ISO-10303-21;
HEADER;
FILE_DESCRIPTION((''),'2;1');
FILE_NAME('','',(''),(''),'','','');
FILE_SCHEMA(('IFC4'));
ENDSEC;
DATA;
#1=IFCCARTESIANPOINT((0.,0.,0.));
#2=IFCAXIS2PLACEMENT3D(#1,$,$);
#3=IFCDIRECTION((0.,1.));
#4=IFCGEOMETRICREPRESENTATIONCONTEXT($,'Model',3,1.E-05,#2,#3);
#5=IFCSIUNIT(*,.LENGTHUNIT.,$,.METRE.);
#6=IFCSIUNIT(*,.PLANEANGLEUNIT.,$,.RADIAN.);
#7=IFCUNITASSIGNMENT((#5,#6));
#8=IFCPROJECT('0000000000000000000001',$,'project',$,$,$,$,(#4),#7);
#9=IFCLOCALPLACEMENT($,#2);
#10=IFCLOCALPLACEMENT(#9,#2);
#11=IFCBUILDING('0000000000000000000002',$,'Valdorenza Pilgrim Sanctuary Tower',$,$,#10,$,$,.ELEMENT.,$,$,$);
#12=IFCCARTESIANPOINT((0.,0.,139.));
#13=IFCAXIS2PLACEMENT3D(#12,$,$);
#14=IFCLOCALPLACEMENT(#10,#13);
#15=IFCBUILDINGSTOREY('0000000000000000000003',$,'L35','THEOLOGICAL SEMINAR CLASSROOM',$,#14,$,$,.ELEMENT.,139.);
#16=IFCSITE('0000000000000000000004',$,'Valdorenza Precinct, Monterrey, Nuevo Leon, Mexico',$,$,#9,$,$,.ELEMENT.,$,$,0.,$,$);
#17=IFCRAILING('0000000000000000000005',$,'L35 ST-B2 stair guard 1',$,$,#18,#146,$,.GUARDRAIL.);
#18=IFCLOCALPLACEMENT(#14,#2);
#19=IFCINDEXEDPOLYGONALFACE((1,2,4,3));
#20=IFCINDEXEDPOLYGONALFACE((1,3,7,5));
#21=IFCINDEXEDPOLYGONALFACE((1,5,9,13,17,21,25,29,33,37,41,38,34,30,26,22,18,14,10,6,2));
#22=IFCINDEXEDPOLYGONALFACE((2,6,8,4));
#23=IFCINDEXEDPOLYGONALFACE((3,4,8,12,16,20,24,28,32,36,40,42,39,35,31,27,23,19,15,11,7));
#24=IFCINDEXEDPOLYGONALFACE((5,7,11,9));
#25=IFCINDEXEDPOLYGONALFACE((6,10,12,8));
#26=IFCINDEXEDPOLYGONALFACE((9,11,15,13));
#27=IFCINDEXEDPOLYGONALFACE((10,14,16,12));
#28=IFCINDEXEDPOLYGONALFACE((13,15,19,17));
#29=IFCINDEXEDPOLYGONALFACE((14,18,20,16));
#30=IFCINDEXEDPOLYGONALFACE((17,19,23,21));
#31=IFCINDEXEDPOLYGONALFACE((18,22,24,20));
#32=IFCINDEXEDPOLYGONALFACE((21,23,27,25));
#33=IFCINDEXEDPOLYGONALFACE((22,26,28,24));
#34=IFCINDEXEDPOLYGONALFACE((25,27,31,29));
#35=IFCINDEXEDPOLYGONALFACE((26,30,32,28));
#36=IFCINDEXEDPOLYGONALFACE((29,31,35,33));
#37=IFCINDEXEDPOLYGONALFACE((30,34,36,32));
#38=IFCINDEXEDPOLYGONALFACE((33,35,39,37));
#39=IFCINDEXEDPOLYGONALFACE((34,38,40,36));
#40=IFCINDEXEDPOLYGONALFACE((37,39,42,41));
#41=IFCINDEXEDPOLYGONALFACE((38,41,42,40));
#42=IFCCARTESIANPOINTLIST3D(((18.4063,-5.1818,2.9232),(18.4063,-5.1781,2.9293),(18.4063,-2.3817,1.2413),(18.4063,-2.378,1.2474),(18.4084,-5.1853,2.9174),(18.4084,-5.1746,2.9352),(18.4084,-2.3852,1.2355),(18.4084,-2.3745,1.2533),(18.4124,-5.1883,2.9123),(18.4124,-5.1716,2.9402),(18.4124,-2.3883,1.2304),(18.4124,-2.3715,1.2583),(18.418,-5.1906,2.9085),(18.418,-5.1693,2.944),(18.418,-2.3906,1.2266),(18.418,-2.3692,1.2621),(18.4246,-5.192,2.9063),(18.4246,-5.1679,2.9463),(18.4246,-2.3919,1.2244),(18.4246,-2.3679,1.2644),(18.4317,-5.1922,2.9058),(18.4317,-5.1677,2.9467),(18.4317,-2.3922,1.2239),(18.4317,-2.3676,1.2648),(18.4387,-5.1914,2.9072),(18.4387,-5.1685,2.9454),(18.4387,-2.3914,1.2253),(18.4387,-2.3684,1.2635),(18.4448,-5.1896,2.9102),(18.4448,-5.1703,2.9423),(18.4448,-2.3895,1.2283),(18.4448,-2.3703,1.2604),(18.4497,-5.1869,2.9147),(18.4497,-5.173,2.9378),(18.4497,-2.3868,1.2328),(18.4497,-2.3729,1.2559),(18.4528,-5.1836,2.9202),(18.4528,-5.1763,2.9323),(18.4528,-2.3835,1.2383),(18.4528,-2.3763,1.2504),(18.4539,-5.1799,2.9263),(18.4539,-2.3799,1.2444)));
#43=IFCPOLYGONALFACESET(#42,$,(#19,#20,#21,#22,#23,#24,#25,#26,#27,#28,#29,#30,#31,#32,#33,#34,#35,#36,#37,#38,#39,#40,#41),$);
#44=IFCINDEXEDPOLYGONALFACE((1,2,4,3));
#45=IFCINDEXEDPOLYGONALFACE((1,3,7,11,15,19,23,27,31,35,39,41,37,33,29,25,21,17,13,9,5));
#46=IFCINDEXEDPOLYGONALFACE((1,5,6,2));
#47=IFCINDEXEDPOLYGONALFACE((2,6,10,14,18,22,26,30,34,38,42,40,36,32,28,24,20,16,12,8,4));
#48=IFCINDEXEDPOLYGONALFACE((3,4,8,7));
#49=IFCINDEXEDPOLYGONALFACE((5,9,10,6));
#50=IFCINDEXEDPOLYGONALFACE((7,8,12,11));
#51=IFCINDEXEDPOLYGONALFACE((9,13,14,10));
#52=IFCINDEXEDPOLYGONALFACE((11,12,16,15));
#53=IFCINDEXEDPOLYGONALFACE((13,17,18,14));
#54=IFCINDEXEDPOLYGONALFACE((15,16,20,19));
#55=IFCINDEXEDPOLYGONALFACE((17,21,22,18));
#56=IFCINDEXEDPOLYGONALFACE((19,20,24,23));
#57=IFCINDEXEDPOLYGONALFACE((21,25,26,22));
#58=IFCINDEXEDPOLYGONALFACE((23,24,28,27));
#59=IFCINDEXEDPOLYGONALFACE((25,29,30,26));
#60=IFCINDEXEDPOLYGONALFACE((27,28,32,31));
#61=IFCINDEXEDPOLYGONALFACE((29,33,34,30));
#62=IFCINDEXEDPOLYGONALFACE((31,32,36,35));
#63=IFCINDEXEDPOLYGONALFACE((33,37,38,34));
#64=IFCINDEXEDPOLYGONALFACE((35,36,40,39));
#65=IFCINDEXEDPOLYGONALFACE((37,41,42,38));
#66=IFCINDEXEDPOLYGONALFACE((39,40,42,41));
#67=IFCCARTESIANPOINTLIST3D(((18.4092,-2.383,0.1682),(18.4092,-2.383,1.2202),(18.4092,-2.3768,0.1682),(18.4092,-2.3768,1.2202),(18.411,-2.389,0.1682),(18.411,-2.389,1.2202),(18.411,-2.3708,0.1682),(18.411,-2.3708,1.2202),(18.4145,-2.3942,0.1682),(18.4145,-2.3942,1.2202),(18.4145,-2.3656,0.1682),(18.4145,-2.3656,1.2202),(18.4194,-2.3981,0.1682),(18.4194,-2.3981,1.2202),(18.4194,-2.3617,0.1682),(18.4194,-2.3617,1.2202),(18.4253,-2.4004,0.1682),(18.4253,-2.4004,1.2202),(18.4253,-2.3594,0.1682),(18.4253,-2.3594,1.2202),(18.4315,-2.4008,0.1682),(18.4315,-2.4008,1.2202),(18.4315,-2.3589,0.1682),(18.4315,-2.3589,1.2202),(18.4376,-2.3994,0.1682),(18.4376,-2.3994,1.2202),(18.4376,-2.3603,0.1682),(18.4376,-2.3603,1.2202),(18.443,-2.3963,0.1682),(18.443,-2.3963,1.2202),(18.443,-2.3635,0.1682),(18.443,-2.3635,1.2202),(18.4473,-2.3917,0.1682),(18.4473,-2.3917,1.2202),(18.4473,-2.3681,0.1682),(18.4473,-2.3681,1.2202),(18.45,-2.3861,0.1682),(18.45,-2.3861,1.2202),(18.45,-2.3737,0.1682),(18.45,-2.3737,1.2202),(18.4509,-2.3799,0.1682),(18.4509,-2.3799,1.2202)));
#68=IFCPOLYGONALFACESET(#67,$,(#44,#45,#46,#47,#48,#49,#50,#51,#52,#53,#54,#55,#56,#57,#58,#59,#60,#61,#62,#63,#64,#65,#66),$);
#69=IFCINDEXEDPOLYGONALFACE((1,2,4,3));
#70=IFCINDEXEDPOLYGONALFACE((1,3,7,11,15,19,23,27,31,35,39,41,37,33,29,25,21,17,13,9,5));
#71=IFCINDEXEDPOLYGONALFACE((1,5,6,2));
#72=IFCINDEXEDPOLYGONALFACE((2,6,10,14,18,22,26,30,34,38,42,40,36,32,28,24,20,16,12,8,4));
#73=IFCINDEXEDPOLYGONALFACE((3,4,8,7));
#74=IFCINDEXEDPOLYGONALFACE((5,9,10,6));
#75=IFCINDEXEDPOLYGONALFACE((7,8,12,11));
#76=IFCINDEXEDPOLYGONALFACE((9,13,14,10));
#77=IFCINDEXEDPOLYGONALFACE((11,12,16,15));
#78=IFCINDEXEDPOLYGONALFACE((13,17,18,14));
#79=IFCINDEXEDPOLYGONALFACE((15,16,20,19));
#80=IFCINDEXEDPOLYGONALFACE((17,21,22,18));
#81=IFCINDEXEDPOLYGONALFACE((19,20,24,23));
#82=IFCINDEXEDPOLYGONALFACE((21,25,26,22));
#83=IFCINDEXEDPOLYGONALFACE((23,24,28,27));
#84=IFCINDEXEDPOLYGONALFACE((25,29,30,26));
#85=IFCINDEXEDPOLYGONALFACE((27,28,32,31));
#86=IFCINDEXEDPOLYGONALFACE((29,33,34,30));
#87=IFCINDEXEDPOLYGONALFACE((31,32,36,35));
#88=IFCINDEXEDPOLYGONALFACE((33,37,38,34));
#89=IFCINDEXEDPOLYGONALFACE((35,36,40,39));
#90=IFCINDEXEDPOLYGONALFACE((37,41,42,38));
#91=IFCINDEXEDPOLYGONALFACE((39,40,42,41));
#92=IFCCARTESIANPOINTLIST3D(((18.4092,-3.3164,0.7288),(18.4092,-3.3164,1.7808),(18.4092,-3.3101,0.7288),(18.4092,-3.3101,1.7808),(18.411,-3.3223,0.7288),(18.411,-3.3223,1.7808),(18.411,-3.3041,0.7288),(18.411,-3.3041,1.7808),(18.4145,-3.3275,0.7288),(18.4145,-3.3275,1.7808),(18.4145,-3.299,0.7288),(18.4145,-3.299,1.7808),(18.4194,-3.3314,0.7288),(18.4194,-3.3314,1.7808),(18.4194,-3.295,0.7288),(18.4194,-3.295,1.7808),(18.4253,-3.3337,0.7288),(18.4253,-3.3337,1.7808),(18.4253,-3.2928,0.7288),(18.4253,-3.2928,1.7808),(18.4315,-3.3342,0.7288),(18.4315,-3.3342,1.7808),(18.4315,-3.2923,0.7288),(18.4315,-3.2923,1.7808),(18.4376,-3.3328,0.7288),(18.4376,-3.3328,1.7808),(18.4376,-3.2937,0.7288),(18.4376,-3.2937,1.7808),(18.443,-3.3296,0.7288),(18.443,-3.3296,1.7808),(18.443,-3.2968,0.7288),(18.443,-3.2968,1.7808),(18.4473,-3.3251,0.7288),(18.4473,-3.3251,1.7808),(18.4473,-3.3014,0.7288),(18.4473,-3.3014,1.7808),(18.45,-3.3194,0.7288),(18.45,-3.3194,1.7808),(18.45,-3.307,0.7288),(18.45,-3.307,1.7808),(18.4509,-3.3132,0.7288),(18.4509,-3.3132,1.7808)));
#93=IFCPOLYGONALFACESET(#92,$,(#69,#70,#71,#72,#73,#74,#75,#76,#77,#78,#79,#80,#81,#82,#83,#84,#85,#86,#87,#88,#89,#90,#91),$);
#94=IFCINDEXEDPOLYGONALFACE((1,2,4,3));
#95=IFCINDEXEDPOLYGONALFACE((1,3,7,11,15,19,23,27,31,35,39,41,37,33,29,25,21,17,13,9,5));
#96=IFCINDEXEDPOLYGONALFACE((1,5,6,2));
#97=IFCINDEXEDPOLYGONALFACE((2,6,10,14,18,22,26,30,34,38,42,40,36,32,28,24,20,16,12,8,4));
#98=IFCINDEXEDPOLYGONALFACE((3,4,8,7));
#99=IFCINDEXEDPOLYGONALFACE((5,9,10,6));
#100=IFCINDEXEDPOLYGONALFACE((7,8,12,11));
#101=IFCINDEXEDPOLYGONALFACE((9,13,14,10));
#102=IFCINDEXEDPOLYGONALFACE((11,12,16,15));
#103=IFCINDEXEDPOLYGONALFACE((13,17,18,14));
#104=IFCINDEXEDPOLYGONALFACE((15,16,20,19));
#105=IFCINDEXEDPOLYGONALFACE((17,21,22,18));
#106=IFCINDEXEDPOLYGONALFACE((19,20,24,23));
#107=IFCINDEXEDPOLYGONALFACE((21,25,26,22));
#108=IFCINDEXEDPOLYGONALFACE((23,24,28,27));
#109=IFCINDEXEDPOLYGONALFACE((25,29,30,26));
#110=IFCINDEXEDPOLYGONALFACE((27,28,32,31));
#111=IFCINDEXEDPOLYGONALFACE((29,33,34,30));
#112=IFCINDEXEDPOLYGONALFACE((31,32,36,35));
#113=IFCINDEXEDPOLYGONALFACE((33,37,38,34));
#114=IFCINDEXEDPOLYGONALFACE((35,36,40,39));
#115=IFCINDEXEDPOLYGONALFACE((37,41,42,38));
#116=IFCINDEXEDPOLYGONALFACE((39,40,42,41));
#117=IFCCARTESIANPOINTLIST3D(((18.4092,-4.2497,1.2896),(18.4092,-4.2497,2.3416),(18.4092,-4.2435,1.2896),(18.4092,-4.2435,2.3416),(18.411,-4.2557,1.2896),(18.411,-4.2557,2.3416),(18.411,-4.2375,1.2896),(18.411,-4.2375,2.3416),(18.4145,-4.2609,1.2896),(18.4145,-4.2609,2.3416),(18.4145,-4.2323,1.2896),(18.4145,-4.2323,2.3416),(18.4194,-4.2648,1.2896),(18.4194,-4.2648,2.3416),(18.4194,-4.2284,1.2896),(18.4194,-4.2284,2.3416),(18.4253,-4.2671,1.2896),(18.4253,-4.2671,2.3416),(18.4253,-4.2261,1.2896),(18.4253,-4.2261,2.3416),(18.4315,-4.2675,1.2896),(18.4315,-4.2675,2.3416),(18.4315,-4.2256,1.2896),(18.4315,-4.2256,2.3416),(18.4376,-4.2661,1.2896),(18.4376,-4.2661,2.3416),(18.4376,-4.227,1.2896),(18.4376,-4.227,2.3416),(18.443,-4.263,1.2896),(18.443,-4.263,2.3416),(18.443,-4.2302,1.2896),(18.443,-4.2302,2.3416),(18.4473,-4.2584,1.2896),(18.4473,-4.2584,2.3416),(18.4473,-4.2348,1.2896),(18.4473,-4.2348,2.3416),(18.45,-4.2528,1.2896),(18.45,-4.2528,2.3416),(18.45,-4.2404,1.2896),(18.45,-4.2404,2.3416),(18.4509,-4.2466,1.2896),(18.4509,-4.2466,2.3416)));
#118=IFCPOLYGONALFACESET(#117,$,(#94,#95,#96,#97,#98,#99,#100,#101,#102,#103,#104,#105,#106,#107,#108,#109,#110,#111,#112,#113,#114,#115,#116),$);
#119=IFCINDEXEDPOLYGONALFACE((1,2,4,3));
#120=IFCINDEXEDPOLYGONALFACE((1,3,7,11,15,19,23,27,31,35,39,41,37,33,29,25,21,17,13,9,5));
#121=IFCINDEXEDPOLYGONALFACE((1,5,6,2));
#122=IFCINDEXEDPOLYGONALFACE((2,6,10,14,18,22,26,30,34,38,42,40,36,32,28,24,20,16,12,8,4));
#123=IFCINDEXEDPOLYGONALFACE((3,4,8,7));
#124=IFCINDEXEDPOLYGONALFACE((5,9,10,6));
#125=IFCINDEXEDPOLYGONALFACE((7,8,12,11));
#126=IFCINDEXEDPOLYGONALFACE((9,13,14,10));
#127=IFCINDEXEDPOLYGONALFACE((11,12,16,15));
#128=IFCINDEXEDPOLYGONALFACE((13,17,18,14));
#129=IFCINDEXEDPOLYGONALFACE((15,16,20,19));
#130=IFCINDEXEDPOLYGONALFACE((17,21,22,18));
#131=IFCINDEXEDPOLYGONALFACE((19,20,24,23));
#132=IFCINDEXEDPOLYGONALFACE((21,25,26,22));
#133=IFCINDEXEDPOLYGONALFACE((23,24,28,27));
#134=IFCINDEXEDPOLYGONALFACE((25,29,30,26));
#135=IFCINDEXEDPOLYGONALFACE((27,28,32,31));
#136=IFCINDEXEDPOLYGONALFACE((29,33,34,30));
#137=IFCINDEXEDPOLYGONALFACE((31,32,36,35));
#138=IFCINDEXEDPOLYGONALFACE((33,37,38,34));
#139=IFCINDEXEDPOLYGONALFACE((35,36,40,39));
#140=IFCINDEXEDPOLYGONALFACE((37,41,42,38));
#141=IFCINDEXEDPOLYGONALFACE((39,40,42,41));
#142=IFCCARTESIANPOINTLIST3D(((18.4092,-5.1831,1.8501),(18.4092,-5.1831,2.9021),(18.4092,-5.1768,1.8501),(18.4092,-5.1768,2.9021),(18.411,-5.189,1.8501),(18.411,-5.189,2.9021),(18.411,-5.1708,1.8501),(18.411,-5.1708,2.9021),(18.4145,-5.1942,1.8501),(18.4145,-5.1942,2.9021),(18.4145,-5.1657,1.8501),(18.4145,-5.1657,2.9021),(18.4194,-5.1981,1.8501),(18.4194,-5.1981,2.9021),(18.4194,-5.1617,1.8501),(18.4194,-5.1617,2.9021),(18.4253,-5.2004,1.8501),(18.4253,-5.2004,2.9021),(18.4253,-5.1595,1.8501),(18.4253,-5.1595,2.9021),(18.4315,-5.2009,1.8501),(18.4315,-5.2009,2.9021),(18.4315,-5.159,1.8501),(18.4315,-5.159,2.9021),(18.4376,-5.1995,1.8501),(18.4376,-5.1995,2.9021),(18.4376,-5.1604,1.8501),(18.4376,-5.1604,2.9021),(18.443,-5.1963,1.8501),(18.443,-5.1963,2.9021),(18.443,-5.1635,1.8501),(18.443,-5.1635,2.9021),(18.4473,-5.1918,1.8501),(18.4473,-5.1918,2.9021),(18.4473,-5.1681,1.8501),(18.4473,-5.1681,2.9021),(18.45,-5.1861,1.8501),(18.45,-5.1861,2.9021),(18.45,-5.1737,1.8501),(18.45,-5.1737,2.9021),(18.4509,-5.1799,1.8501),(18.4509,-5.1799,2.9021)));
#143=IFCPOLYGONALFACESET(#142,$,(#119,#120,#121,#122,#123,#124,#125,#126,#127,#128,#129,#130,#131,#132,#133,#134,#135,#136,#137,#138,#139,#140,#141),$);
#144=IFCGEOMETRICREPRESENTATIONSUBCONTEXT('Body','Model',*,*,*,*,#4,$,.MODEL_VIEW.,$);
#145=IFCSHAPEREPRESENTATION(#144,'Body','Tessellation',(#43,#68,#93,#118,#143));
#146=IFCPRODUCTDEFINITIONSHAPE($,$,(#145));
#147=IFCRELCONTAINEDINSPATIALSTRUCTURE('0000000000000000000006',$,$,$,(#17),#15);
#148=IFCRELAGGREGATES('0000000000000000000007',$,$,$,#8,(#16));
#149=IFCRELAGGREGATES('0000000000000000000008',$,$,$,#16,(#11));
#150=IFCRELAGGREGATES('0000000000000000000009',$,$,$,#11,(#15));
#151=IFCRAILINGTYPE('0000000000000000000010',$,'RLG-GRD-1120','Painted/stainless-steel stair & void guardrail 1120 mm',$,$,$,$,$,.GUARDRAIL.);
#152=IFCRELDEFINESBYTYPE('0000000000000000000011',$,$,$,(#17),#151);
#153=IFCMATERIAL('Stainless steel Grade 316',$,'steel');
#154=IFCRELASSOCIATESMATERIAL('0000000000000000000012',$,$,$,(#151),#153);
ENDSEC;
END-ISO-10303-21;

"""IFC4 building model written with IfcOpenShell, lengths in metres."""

from ifc_helpers import new_model, si_unit, direction, frame, origin, origin_2d, place, context, subcontext, project, spatial, circle, extrude, material, type_object, element, save


model = new_model("IFC4")

# Units and contexts
model_context = context("Model", 3, precision=1e-05, world=origin(), true_north=direction((0.0, 1.0)))
body_context = subcontext(model_context, "Body", "Model", "MODEL_VIEW")
ifc_project = project(units=[si_unit("LENGTHUNIT", "METRE"), si_unit("PLANEANGLEUNIT", "RADIAN")], contexts=[model_context])

# Site, building, storey
site_placement = place(None, origin())
site = spatial("IfcSite", under=ifc_project, at=site_placement, Name="Valdorenza Precinct, Monterrey, Nuevo Leon, Mexico", CompositionType="ELEMENT", RefElevation=0.0)
building_placement = place(site_placement, origin())
building = spatial("IfcBuilding", under=site, at=building_placement, Name="Valdorenza Pilgrim Sanctuary Tower", CompositionType="ELEMENT")
storey_placement = place(building_placement, frame((0.0, 0.0, 139.0)))
storey = spatial("IfcBuildingStorey", under=building, at=storey_placement, Name="L35", Description="THEOLOGICAL SEMINAR CLASSROOM", CompositionType="ELEMENT", Elevation=139.0)

# Railing
ifc_material_1 = material(Name="Stainless steel Grade 316", Category="steel")
railing_type_1 = type_object("IfcRailingType", Name="RLG-GRD-1120", Description="Painted/stainless-steel stair & void guardrail 1120 mm", PredefinedType="GUARDRAIL", material=ifc_material_1)
railing_1_placement = place(storey_placement, frame((18.4299, -2.3799, 0.1682)))
element("IfcRailing", 1, at=railing_1_placement, inside=storey, type_object=railing_type_1, Name="L35 ST-B2 stair guard 1", PredefinedType="GUARDRAIL", context=body_context, shape_type="SweptSolid", body=[
    extrude(circle(Radius=0.0239, at=origin_2d()), frame((0.0, 0.0, 1.0762), z_axis=(0.0, -0.857242, 0.514913), x_axis=(1.0, 0.0, 0.0)), (0.0, 0.0, 1.0), 3.2664),
    extrude(circle(Radius=0.021, at=origin_2d()), origin(), (0.0, 0.0, 1.0), 1.052),
    extrude(circle(Radius=0.021, at=origin_2d()), frame((0.0, -0.9333, 0.5605)), (0.0, 0.0, 1.0), 1.052),
    extrude(circle(Radius=0.021, at=origin_2d()), frame((0.0, -1.8667, 1.1213)), (0.0, 0.0, 1.0), 1.052),
    extrude(circle(Radius=0.021, at=origin_2d()), frame((0.0, -2.8, 1.6819)), (0.0, 0.0, 1.0), 1.052),
])

save(model, "model.ifc")
